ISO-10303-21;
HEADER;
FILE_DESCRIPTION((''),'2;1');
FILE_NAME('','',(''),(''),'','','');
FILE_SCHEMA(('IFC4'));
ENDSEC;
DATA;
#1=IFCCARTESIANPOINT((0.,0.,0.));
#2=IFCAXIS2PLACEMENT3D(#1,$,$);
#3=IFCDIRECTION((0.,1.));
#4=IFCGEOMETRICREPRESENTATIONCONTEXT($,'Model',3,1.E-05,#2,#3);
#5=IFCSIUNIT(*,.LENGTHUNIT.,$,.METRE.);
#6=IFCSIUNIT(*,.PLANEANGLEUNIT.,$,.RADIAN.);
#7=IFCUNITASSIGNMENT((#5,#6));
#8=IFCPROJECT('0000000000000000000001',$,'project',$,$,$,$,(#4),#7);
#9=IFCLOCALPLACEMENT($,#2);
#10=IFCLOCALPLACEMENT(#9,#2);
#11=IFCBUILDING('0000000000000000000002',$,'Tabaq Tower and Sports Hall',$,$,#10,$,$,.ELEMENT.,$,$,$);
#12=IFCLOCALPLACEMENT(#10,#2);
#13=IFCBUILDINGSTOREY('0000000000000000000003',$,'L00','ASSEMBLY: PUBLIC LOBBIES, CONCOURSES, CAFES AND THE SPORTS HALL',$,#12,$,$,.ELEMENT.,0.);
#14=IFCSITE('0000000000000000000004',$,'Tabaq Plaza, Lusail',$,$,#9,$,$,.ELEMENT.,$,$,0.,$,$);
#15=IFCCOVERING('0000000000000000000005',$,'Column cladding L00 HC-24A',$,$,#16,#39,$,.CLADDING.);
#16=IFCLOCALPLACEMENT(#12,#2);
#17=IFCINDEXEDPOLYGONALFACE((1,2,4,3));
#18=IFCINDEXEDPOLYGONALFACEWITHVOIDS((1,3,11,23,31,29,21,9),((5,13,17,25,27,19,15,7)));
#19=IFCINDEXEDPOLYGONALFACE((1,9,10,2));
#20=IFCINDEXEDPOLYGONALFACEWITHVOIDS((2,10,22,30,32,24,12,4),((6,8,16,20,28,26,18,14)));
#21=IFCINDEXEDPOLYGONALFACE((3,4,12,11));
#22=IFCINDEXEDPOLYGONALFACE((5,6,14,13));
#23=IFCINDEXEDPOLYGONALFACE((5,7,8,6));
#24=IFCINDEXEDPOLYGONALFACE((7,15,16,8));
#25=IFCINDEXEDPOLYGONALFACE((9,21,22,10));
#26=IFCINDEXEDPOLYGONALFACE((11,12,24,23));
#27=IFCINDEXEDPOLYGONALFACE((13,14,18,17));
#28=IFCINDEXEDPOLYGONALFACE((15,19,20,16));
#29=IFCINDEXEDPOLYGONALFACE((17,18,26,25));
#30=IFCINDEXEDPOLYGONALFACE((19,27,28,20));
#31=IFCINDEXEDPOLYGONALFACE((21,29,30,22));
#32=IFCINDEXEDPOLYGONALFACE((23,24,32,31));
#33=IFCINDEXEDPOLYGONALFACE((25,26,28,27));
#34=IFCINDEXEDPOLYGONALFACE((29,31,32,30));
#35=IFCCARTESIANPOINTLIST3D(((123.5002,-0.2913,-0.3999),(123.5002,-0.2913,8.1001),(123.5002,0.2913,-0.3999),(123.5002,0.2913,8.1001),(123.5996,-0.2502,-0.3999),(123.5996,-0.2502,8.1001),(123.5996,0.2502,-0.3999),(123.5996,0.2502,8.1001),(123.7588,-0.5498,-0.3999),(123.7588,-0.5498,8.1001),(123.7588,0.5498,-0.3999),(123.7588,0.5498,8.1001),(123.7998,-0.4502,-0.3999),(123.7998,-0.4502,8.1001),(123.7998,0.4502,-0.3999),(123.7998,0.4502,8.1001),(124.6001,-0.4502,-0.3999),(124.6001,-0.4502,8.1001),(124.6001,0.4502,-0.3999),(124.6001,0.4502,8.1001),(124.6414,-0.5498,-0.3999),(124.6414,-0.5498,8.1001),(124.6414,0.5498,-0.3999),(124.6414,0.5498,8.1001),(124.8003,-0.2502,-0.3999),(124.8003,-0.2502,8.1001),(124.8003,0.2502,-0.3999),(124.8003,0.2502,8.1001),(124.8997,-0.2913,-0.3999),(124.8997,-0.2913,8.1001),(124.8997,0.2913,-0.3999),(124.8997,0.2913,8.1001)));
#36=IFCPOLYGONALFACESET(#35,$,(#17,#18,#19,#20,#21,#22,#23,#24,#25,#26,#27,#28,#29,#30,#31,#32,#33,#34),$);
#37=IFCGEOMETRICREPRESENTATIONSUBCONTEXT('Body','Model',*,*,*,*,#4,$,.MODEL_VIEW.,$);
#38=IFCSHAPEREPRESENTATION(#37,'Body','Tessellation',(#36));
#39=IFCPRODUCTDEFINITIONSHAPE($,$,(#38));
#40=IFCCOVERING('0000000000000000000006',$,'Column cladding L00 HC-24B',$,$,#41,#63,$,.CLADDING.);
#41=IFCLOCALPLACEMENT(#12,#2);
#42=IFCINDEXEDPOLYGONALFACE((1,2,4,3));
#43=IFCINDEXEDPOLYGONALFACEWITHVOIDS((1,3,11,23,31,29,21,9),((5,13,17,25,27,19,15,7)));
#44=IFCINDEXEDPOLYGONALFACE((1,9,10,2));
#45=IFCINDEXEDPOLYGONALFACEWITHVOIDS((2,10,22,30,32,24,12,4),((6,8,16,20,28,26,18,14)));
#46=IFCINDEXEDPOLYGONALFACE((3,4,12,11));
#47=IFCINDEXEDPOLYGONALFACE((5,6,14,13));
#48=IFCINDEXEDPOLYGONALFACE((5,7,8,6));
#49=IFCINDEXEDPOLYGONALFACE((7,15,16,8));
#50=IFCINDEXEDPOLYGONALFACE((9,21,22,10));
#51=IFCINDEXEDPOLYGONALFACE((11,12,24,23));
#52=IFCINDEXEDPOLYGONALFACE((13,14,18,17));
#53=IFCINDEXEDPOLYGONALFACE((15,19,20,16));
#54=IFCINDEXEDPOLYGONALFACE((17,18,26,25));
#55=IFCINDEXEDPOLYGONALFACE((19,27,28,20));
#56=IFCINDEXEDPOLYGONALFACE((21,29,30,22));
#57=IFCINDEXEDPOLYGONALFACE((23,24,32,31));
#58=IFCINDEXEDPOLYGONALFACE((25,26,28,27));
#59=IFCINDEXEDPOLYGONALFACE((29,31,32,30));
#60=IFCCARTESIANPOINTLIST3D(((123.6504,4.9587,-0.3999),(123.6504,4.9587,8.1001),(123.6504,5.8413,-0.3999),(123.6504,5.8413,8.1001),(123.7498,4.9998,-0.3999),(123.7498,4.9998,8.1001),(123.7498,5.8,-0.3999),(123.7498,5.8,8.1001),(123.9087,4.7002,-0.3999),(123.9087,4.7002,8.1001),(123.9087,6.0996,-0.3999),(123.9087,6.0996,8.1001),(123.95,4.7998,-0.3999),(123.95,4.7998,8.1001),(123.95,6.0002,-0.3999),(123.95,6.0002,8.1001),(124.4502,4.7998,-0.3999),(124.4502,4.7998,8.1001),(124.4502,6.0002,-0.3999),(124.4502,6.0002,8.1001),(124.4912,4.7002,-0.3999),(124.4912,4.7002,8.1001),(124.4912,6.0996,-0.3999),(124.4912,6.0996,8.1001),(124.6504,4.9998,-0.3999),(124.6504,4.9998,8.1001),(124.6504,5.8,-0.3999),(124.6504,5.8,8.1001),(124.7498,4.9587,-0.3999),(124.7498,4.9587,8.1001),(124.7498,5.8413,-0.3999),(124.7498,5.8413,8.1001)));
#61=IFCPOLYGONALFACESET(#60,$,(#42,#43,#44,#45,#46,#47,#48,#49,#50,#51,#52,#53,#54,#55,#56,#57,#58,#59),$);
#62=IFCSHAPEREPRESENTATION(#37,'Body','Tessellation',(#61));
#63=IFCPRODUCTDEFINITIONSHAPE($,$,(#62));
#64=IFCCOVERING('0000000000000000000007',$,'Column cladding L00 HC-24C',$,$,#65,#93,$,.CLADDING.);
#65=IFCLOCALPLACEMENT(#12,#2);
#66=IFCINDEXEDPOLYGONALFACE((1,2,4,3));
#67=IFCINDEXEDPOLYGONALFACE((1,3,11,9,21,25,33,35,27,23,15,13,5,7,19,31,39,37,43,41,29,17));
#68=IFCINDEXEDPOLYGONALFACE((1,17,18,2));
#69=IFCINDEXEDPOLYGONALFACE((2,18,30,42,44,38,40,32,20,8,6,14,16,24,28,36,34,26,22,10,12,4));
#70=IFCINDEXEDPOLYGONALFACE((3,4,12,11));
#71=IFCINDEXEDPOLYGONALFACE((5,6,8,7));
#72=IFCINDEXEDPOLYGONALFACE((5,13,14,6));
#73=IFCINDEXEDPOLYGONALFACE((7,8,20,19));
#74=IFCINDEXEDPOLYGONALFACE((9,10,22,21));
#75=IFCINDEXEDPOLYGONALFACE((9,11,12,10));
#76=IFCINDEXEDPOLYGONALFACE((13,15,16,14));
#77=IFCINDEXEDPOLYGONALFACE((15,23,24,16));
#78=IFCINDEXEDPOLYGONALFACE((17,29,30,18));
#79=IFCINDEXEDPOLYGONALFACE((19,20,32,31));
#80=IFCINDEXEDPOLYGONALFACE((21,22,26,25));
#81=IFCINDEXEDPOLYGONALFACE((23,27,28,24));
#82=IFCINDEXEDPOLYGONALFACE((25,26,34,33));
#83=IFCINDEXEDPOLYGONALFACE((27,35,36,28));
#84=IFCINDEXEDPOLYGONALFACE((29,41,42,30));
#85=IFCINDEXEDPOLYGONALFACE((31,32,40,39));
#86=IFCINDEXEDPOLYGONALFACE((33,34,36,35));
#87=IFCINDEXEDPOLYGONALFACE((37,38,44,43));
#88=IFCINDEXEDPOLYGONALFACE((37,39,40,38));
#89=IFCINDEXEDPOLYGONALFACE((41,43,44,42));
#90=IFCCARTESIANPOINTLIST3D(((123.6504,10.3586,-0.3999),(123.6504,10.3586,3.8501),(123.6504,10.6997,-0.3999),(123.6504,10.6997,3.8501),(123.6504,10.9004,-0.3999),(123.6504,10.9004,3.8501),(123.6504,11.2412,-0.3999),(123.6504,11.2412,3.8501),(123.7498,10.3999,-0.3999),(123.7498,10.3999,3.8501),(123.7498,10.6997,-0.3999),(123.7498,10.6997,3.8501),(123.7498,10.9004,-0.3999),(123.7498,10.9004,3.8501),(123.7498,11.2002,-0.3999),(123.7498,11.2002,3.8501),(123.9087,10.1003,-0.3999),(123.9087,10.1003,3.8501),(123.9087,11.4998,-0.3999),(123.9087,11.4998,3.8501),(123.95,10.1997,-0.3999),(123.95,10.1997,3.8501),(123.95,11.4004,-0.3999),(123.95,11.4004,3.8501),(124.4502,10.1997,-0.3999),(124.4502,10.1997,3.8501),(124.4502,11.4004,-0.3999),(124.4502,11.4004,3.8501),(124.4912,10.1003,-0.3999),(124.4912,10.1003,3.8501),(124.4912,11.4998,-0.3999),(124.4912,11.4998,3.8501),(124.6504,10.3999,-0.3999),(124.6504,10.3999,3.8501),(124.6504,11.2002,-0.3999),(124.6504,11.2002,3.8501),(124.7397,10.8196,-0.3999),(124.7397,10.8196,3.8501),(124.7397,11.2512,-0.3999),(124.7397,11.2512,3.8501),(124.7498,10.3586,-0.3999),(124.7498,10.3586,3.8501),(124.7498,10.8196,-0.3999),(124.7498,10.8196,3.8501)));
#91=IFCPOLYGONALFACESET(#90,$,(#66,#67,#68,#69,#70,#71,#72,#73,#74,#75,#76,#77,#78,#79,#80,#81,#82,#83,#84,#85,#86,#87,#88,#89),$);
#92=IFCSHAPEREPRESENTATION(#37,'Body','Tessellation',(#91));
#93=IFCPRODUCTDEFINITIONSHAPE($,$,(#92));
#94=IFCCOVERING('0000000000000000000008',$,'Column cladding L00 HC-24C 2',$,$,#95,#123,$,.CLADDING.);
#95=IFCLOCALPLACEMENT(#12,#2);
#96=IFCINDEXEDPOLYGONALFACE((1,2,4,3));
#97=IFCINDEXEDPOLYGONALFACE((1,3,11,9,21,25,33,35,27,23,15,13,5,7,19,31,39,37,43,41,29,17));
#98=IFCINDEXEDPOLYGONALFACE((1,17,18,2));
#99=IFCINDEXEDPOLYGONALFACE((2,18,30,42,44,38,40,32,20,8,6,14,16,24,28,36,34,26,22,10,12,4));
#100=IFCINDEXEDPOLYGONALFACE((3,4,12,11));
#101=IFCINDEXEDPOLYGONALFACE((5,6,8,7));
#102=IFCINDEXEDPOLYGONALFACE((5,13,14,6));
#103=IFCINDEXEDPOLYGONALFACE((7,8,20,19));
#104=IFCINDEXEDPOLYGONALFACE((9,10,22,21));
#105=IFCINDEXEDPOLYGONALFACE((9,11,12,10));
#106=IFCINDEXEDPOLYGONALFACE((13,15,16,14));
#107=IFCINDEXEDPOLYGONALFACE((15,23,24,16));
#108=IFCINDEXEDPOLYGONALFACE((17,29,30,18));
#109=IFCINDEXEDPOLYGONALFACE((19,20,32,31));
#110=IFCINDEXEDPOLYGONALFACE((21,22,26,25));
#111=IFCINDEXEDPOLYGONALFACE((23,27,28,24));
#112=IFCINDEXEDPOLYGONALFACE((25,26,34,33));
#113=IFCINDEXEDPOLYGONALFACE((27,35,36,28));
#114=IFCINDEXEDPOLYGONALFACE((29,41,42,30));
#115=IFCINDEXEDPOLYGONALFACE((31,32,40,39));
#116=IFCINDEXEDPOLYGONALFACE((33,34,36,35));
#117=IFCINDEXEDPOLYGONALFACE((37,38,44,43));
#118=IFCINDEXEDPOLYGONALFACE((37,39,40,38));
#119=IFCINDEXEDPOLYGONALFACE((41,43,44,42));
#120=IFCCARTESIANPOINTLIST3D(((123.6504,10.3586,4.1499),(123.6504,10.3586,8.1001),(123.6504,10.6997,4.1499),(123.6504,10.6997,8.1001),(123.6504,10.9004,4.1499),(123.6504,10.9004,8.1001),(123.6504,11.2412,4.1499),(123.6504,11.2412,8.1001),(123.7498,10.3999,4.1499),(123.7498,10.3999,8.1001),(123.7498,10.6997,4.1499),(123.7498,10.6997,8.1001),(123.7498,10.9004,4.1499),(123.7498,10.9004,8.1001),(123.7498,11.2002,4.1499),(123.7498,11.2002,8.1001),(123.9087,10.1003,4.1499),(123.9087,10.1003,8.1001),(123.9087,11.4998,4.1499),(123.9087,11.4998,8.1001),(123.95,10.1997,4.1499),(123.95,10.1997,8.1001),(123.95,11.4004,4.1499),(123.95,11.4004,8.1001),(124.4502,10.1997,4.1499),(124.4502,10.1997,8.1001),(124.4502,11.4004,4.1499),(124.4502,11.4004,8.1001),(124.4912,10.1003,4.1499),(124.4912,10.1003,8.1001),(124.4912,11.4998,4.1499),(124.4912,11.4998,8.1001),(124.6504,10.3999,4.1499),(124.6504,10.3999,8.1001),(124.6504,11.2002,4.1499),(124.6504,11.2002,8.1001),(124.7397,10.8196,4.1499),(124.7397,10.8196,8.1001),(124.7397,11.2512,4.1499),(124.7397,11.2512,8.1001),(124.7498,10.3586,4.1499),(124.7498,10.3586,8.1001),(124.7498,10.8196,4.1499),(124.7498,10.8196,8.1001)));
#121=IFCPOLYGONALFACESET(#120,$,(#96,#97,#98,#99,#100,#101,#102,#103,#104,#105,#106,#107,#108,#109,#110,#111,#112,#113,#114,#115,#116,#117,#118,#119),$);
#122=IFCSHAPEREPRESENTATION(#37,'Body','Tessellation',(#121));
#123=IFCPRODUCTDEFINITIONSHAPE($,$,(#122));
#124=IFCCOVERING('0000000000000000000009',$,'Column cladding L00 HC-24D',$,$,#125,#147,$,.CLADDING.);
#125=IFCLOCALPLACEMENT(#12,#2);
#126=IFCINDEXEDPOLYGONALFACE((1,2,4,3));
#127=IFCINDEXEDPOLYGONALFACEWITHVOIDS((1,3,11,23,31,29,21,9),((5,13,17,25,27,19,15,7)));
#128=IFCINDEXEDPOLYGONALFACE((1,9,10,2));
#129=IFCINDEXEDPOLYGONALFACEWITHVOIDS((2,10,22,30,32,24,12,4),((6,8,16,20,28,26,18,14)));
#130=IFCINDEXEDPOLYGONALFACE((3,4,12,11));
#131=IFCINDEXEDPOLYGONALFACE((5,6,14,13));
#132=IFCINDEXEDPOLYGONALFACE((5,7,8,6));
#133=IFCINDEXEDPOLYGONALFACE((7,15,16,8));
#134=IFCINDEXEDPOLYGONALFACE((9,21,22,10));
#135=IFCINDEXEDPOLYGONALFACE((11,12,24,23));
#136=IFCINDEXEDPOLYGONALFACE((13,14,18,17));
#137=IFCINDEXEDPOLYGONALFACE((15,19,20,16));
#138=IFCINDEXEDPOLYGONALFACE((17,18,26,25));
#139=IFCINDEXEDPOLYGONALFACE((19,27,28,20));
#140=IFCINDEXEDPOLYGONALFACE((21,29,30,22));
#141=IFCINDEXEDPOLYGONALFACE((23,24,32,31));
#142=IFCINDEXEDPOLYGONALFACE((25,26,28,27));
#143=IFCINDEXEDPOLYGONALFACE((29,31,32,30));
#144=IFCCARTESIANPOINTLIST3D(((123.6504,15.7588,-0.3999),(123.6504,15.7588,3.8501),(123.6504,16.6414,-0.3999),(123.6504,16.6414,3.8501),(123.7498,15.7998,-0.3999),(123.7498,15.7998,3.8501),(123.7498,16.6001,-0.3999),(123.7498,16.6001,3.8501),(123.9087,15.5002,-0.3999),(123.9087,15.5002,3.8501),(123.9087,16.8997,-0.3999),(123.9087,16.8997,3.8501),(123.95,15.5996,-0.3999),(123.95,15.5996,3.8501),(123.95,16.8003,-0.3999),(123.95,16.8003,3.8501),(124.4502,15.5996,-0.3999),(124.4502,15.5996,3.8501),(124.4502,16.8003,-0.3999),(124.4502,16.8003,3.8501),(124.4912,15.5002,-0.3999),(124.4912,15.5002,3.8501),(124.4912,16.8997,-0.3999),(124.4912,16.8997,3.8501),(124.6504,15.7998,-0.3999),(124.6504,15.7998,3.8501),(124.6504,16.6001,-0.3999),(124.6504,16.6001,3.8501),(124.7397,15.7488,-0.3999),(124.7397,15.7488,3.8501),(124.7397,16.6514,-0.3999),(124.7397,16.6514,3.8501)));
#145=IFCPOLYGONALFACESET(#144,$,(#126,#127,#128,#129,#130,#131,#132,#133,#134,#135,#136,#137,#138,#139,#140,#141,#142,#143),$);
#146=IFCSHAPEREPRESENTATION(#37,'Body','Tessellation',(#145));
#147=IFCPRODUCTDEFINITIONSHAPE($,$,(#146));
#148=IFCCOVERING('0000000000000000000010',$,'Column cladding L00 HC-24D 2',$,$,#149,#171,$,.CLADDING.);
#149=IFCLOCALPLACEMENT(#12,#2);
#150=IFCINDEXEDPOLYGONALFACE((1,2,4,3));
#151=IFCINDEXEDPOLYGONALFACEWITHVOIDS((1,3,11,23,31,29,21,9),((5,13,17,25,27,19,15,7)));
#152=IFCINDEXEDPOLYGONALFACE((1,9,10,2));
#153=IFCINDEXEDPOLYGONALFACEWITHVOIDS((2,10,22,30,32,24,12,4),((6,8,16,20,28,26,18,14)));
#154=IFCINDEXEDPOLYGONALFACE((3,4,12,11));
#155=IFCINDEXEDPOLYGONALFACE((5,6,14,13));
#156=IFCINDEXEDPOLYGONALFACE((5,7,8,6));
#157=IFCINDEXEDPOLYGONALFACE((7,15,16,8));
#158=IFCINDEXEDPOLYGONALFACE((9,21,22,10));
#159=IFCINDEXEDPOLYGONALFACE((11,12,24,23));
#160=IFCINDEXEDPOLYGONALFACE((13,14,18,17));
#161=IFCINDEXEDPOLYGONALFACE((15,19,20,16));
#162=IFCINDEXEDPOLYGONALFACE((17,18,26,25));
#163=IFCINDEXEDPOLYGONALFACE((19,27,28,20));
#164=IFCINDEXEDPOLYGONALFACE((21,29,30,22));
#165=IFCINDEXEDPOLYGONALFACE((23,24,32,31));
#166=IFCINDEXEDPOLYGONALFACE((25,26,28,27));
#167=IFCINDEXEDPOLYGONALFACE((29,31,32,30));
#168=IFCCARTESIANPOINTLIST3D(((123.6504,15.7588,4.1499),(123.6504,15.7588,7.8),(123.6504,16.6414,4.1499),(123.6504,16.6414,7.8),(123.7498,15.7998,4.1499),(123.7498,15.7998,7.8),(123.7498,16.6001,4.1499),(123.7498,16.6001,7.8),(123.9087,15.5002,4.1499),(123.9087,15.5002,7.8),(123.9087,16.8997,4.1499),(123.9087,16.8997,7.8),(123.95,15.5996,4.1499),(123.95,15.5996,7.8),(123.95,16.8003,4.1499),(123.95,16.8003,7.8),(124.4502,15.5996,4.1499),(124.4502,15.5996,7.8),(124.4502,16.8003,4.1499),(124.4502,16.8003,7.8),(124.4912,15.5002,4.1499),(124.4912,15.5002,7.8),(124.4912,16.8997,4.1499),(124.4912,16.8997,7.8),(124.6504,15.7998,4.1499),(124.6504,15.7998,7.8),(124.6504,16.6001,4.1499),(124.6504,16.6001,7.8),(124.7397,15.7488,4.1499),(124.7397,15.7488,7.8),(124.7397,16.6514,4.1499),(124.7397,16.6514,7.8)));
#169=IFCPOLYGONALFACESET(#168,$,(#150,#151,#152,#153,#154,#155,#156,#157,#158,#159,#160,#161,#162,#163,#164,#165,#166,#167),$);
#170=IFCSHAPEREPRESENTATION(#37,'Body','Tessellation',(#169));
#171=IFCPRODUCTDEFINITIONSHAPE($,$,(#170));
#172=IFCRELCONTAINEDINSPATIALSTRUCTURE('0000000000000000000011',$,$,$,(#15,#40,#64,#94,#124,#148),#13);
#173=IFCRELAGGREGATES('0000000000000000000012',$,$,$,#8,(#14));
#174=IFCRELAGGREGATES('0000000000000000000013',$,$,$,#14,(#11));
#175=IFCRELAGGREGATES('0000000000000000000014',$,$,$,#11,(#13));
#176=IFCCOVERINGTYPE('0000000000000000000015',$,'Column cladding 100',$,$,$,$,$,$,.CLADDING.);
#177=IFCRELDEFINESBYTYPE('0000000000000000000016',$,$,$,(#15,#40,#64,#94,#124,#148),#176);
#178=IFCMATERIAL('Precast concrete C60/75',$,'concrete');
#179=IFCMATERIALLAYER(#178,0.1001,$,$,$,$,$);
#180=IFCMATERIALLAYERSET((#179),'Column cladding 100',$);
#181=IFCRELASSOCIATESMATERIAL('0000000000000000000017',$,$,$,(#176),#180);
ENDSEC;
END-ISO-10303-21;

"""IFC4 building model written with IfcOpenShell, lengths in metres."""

from ifc_helpers import new_model, si_unit, direction, frame, origin, place, context, subcontext, project, spatial, polyline, outline, extrude, material, layer, layer_set, type_object, element, save


model = new_model("IFC4")

# Units and contexts
model_context = context("Model", 3, precision=1e-05, world=origin(), true_north=direction((0.0, 1.0)))
body_context = subcontext(model_context, "Body", "Model", "MODEL_VIEW")
ifc_project = project(units=[si_unit("LENGTHUNIT", "METRE"), si_unit("PLANEANGLEUNIT", "RADIAN")], contexts=[model_context])

# Site, building, storey
site_placement = place(None, origin())
site = spatial("IfcSite", under=ifc_project, at=site_placement, Name="Tabaq Plaza, Lusail", CompositionType="ELEMENT", RefElevation=0.0)
building_placement = place(site_placement, origin())
building = spatial("IfcBuilding", under=site, at=building_placement, Name="Tabaq Tower and Sports Hall", CompositionType="ELEMENT")
storey_placement = place(building_placement, origin())
storey = spatial("IfcBuildingStorey", under=building, at=storey_placement, Name="L00", Description="ASSEMBLY: PUBLIC LOBBIES, CONCOURSES, CAFES AND THE SPORTS HALL", CompositionType="ELEMENT", Elevation=0.0)

# Coverings
ifc_material_1 = material(Name="Precast concrete C60/75", Category="concrete")
ifc_layer_1 = layer(ifc_material_1, 0.1001)
ifc_layer_set_1 = layer_set([ifc_layer_1], Name="Column cladding 100")
covering_type_1 = type_object("IfcCoveringType", Name="Column cladding 100", PredefinedType="CLADDING", material=ifc_layer_set_1)
covering_1_placement = place(storey_placement, frame((0.0, 0.0, -0.3999)))
element("IfcCovering", 1, at=covering_1_placement, inside=storey, type_object=covering_type_1, Name="Column cladding L00 HC-24A", PredefinedType="CLADDING", context=body_context, shape_type="SweptSolid", body=[
    extrude(outline(polyline([(123.5002, -0.2913), (123.5002, 0.2913), (123.7588, 0.5498), (124.6414, 0.5498), (124.8997, 0.2913), (124.8997, -0.2913), (124.6414, -0.5498), (123.7588, -0.5498), (123.5002, -0.2913)]), holes=[polyline([(124.6001, -0.4502), (124.8003, -0.2502), (124.8003, 0.2502), (124.6001, 0.4502), (123.7998, 0.4502), (123.5996, 0.2502), (123.5996, -0.2502), (123.7998, -0.4502), (124.6001, -0.4502)])]), origin(), (0.0, 0.0, 1.0), 8.5),
])
covering_2_placement = place(storey_placement, frame((0.0, 0.0, -0.3999)))
element("IfcCovering", 2, at=covering_2_placement, inside=storey, type_object=covering_type_1, Name="Column cladding L00 HC-24B", PredefinedType="CLADDING", context=body_context, shape_type="SweptSolid", body=[
    extrude(outline(polyline([(124.4912, 4.7002), (123.9087, 4.7002), (123.6504, 4.9587), (123.6504, 5.8413), (123.9087, 6.0996), (124.4912, 6.0996), (124.7498, 5.8413), (124.7498, 4.9587), (124.4912, 4.7002)]), holes=[polyline([(124.6504, 5.8), (124.4502, 6.0002), (123.95, 6.0002), (123.7498, 5.8), (123.7498, 4.9998), (123.95, 4.7998), (124.4502, 4.7998), (124.6504, 4.9998), (124.6504, 5.8)])]), origin(), (0.0, 0.0, 1.0), 8.5),
])
covering_3_placement = place(storey_placement, frame((0.0, 0.0, -0.3999)))
element("IfcCovering", 3, at=covering_3_placement, inside=storey, type_object=covering_type_1, Name="Column cladding L00 HC-24C", PredefinedType="CLADDING", context=body_context, shape_type="SweptSolid", body=[
    extrude(outline(polyline([(123.9087, 10.1003), (123.6504, 10.3586), (123.6504, 10.6997), (123.7498, 10.6997), (123.7498, 10.3999), (123.95, 10.1997), (124.4502, 10.1997), (124.6504, 10.3999), (124.6504, 11.2002), (124.4502, 11.4004), (123.95, 11.4004), (123.7498, 11.2002), (123.7498, 10.9004), (123.6504, 10.9004), (123.6504, 11.2412), (123.9087, 11.4998), (124.4912, 11.4998), (124.7397, 11.2512), (124.7397, 10.8196), (124.7498, 10.8196), (124.7498, 10.3586), (124.4912, 10.1003), (123.9087, 10.1003)])), origin(), (0.0, 0.0, 1.0), 4.25),
])
covering_4_placement = place(storey_placement, frame((0.0, 0.0, 4.1499)))
element("IfcCovering", 4, at=covering_4_placement, inside=storey, type_object=covering_type_1, Name="Column cladding L00 HC-24C 2", PredefinedType="CLADDING", context=body_context, shape_type="SweptSolid", body=[
    extrude(outline(polyline([(123.9087, 10.1003), (123.6504, 10.3586), (123.6504, 10.6997), (123.7498, 10.6997), (123.7498, 10.3999), (123.95, 10.1997), (124.4502, 10.1997), (124.6504, 10.3999), (124.6504, 11.2002), (124.4502, 11.4004), (123.95, 11.4004), (123.7498, 11.2002), (123.7498, 10.9004), (123.6504, 10.9004), (123.6504, 11.2412), (123.9087, 11.4998), (124.4912, 11.4998), (124.7397, 11.2512), (124.7397, 10.8196), (124.7498, 10.8196), (124.7498, 10.3586), (124.4912, 10.1003), (123.9087, 10.1003)])), origin(), (0.0, 0.0, 1.0), 3.9502),
])
covering_5_placement = place(storey_placement, frame((0.0, 0.0, -0.3999)))
element("IfcCovering", 5, at=covering_5_placement, inside=storey, type_object=covering_type_1, Name="Column cladding L00 HC-24D", PredefinedType="CLADDING", context=body_context, shape_type="SweptSolid", body=[
    extrude(outline(polyline([(123.9087, 15.5002), (123.6504, 15.7588), (123.6504, 16.6414), (123.9087, 16.8997), (124.4912, 16.8997), (124.7397, 16.6514), (124.7397, 15.7488), (124.4912, 15.5002), (123.9087, 15.5002)]), holes=[polyline([(124.4502, 16.8003), (123.95, 16.8003), (123.7498, 16.6001), (123.7498, 15.7998), (123.95, 15.5996), (124.4502, 15.5996), (124.6504, 15.7998), (124.6504, 16.6001), (124.4502, 16.8003)])]), origin(), (0.0, 0.0, 1.0), 4.25),
])
covering_6_placement = place(storey_placement, frame((0.0, 0.0, 4.1499)))
element("IfcCovering", 6, at=covering_6_placement, inside=storey, type_object=covering_type_1, Name="Column cladding L00 HC-24D 2", PredefinedType="CLADDING", context=body_context, shape_type="SweptSolid", body=[
    extrude(outline(polyline([(123.9087, 15.5002), (123.6504, 15.7588), (123.6504, 16.6414), (123.9087, 16.8997), (124.4912, 16.8997), (124.7397, 16.6514), (124.7397, 15.7488), (124.4912, 15.5002), (123.9087, 15.5002)]), holes=[polyline([(124.4502, 16.8003), (123.95, 16.8003), (123.7498, 16.6001), (123.7498, 15.7998), (123.95, 15.5996), (124.4502, 15.5996), (124.6504, 15.7998), (124.6504, 16.6001), (124.4502, 16.8003)])]), origin(), (0.0, 0.0, 1.0), 3.6501),
])

save(model, "model.ifc")
